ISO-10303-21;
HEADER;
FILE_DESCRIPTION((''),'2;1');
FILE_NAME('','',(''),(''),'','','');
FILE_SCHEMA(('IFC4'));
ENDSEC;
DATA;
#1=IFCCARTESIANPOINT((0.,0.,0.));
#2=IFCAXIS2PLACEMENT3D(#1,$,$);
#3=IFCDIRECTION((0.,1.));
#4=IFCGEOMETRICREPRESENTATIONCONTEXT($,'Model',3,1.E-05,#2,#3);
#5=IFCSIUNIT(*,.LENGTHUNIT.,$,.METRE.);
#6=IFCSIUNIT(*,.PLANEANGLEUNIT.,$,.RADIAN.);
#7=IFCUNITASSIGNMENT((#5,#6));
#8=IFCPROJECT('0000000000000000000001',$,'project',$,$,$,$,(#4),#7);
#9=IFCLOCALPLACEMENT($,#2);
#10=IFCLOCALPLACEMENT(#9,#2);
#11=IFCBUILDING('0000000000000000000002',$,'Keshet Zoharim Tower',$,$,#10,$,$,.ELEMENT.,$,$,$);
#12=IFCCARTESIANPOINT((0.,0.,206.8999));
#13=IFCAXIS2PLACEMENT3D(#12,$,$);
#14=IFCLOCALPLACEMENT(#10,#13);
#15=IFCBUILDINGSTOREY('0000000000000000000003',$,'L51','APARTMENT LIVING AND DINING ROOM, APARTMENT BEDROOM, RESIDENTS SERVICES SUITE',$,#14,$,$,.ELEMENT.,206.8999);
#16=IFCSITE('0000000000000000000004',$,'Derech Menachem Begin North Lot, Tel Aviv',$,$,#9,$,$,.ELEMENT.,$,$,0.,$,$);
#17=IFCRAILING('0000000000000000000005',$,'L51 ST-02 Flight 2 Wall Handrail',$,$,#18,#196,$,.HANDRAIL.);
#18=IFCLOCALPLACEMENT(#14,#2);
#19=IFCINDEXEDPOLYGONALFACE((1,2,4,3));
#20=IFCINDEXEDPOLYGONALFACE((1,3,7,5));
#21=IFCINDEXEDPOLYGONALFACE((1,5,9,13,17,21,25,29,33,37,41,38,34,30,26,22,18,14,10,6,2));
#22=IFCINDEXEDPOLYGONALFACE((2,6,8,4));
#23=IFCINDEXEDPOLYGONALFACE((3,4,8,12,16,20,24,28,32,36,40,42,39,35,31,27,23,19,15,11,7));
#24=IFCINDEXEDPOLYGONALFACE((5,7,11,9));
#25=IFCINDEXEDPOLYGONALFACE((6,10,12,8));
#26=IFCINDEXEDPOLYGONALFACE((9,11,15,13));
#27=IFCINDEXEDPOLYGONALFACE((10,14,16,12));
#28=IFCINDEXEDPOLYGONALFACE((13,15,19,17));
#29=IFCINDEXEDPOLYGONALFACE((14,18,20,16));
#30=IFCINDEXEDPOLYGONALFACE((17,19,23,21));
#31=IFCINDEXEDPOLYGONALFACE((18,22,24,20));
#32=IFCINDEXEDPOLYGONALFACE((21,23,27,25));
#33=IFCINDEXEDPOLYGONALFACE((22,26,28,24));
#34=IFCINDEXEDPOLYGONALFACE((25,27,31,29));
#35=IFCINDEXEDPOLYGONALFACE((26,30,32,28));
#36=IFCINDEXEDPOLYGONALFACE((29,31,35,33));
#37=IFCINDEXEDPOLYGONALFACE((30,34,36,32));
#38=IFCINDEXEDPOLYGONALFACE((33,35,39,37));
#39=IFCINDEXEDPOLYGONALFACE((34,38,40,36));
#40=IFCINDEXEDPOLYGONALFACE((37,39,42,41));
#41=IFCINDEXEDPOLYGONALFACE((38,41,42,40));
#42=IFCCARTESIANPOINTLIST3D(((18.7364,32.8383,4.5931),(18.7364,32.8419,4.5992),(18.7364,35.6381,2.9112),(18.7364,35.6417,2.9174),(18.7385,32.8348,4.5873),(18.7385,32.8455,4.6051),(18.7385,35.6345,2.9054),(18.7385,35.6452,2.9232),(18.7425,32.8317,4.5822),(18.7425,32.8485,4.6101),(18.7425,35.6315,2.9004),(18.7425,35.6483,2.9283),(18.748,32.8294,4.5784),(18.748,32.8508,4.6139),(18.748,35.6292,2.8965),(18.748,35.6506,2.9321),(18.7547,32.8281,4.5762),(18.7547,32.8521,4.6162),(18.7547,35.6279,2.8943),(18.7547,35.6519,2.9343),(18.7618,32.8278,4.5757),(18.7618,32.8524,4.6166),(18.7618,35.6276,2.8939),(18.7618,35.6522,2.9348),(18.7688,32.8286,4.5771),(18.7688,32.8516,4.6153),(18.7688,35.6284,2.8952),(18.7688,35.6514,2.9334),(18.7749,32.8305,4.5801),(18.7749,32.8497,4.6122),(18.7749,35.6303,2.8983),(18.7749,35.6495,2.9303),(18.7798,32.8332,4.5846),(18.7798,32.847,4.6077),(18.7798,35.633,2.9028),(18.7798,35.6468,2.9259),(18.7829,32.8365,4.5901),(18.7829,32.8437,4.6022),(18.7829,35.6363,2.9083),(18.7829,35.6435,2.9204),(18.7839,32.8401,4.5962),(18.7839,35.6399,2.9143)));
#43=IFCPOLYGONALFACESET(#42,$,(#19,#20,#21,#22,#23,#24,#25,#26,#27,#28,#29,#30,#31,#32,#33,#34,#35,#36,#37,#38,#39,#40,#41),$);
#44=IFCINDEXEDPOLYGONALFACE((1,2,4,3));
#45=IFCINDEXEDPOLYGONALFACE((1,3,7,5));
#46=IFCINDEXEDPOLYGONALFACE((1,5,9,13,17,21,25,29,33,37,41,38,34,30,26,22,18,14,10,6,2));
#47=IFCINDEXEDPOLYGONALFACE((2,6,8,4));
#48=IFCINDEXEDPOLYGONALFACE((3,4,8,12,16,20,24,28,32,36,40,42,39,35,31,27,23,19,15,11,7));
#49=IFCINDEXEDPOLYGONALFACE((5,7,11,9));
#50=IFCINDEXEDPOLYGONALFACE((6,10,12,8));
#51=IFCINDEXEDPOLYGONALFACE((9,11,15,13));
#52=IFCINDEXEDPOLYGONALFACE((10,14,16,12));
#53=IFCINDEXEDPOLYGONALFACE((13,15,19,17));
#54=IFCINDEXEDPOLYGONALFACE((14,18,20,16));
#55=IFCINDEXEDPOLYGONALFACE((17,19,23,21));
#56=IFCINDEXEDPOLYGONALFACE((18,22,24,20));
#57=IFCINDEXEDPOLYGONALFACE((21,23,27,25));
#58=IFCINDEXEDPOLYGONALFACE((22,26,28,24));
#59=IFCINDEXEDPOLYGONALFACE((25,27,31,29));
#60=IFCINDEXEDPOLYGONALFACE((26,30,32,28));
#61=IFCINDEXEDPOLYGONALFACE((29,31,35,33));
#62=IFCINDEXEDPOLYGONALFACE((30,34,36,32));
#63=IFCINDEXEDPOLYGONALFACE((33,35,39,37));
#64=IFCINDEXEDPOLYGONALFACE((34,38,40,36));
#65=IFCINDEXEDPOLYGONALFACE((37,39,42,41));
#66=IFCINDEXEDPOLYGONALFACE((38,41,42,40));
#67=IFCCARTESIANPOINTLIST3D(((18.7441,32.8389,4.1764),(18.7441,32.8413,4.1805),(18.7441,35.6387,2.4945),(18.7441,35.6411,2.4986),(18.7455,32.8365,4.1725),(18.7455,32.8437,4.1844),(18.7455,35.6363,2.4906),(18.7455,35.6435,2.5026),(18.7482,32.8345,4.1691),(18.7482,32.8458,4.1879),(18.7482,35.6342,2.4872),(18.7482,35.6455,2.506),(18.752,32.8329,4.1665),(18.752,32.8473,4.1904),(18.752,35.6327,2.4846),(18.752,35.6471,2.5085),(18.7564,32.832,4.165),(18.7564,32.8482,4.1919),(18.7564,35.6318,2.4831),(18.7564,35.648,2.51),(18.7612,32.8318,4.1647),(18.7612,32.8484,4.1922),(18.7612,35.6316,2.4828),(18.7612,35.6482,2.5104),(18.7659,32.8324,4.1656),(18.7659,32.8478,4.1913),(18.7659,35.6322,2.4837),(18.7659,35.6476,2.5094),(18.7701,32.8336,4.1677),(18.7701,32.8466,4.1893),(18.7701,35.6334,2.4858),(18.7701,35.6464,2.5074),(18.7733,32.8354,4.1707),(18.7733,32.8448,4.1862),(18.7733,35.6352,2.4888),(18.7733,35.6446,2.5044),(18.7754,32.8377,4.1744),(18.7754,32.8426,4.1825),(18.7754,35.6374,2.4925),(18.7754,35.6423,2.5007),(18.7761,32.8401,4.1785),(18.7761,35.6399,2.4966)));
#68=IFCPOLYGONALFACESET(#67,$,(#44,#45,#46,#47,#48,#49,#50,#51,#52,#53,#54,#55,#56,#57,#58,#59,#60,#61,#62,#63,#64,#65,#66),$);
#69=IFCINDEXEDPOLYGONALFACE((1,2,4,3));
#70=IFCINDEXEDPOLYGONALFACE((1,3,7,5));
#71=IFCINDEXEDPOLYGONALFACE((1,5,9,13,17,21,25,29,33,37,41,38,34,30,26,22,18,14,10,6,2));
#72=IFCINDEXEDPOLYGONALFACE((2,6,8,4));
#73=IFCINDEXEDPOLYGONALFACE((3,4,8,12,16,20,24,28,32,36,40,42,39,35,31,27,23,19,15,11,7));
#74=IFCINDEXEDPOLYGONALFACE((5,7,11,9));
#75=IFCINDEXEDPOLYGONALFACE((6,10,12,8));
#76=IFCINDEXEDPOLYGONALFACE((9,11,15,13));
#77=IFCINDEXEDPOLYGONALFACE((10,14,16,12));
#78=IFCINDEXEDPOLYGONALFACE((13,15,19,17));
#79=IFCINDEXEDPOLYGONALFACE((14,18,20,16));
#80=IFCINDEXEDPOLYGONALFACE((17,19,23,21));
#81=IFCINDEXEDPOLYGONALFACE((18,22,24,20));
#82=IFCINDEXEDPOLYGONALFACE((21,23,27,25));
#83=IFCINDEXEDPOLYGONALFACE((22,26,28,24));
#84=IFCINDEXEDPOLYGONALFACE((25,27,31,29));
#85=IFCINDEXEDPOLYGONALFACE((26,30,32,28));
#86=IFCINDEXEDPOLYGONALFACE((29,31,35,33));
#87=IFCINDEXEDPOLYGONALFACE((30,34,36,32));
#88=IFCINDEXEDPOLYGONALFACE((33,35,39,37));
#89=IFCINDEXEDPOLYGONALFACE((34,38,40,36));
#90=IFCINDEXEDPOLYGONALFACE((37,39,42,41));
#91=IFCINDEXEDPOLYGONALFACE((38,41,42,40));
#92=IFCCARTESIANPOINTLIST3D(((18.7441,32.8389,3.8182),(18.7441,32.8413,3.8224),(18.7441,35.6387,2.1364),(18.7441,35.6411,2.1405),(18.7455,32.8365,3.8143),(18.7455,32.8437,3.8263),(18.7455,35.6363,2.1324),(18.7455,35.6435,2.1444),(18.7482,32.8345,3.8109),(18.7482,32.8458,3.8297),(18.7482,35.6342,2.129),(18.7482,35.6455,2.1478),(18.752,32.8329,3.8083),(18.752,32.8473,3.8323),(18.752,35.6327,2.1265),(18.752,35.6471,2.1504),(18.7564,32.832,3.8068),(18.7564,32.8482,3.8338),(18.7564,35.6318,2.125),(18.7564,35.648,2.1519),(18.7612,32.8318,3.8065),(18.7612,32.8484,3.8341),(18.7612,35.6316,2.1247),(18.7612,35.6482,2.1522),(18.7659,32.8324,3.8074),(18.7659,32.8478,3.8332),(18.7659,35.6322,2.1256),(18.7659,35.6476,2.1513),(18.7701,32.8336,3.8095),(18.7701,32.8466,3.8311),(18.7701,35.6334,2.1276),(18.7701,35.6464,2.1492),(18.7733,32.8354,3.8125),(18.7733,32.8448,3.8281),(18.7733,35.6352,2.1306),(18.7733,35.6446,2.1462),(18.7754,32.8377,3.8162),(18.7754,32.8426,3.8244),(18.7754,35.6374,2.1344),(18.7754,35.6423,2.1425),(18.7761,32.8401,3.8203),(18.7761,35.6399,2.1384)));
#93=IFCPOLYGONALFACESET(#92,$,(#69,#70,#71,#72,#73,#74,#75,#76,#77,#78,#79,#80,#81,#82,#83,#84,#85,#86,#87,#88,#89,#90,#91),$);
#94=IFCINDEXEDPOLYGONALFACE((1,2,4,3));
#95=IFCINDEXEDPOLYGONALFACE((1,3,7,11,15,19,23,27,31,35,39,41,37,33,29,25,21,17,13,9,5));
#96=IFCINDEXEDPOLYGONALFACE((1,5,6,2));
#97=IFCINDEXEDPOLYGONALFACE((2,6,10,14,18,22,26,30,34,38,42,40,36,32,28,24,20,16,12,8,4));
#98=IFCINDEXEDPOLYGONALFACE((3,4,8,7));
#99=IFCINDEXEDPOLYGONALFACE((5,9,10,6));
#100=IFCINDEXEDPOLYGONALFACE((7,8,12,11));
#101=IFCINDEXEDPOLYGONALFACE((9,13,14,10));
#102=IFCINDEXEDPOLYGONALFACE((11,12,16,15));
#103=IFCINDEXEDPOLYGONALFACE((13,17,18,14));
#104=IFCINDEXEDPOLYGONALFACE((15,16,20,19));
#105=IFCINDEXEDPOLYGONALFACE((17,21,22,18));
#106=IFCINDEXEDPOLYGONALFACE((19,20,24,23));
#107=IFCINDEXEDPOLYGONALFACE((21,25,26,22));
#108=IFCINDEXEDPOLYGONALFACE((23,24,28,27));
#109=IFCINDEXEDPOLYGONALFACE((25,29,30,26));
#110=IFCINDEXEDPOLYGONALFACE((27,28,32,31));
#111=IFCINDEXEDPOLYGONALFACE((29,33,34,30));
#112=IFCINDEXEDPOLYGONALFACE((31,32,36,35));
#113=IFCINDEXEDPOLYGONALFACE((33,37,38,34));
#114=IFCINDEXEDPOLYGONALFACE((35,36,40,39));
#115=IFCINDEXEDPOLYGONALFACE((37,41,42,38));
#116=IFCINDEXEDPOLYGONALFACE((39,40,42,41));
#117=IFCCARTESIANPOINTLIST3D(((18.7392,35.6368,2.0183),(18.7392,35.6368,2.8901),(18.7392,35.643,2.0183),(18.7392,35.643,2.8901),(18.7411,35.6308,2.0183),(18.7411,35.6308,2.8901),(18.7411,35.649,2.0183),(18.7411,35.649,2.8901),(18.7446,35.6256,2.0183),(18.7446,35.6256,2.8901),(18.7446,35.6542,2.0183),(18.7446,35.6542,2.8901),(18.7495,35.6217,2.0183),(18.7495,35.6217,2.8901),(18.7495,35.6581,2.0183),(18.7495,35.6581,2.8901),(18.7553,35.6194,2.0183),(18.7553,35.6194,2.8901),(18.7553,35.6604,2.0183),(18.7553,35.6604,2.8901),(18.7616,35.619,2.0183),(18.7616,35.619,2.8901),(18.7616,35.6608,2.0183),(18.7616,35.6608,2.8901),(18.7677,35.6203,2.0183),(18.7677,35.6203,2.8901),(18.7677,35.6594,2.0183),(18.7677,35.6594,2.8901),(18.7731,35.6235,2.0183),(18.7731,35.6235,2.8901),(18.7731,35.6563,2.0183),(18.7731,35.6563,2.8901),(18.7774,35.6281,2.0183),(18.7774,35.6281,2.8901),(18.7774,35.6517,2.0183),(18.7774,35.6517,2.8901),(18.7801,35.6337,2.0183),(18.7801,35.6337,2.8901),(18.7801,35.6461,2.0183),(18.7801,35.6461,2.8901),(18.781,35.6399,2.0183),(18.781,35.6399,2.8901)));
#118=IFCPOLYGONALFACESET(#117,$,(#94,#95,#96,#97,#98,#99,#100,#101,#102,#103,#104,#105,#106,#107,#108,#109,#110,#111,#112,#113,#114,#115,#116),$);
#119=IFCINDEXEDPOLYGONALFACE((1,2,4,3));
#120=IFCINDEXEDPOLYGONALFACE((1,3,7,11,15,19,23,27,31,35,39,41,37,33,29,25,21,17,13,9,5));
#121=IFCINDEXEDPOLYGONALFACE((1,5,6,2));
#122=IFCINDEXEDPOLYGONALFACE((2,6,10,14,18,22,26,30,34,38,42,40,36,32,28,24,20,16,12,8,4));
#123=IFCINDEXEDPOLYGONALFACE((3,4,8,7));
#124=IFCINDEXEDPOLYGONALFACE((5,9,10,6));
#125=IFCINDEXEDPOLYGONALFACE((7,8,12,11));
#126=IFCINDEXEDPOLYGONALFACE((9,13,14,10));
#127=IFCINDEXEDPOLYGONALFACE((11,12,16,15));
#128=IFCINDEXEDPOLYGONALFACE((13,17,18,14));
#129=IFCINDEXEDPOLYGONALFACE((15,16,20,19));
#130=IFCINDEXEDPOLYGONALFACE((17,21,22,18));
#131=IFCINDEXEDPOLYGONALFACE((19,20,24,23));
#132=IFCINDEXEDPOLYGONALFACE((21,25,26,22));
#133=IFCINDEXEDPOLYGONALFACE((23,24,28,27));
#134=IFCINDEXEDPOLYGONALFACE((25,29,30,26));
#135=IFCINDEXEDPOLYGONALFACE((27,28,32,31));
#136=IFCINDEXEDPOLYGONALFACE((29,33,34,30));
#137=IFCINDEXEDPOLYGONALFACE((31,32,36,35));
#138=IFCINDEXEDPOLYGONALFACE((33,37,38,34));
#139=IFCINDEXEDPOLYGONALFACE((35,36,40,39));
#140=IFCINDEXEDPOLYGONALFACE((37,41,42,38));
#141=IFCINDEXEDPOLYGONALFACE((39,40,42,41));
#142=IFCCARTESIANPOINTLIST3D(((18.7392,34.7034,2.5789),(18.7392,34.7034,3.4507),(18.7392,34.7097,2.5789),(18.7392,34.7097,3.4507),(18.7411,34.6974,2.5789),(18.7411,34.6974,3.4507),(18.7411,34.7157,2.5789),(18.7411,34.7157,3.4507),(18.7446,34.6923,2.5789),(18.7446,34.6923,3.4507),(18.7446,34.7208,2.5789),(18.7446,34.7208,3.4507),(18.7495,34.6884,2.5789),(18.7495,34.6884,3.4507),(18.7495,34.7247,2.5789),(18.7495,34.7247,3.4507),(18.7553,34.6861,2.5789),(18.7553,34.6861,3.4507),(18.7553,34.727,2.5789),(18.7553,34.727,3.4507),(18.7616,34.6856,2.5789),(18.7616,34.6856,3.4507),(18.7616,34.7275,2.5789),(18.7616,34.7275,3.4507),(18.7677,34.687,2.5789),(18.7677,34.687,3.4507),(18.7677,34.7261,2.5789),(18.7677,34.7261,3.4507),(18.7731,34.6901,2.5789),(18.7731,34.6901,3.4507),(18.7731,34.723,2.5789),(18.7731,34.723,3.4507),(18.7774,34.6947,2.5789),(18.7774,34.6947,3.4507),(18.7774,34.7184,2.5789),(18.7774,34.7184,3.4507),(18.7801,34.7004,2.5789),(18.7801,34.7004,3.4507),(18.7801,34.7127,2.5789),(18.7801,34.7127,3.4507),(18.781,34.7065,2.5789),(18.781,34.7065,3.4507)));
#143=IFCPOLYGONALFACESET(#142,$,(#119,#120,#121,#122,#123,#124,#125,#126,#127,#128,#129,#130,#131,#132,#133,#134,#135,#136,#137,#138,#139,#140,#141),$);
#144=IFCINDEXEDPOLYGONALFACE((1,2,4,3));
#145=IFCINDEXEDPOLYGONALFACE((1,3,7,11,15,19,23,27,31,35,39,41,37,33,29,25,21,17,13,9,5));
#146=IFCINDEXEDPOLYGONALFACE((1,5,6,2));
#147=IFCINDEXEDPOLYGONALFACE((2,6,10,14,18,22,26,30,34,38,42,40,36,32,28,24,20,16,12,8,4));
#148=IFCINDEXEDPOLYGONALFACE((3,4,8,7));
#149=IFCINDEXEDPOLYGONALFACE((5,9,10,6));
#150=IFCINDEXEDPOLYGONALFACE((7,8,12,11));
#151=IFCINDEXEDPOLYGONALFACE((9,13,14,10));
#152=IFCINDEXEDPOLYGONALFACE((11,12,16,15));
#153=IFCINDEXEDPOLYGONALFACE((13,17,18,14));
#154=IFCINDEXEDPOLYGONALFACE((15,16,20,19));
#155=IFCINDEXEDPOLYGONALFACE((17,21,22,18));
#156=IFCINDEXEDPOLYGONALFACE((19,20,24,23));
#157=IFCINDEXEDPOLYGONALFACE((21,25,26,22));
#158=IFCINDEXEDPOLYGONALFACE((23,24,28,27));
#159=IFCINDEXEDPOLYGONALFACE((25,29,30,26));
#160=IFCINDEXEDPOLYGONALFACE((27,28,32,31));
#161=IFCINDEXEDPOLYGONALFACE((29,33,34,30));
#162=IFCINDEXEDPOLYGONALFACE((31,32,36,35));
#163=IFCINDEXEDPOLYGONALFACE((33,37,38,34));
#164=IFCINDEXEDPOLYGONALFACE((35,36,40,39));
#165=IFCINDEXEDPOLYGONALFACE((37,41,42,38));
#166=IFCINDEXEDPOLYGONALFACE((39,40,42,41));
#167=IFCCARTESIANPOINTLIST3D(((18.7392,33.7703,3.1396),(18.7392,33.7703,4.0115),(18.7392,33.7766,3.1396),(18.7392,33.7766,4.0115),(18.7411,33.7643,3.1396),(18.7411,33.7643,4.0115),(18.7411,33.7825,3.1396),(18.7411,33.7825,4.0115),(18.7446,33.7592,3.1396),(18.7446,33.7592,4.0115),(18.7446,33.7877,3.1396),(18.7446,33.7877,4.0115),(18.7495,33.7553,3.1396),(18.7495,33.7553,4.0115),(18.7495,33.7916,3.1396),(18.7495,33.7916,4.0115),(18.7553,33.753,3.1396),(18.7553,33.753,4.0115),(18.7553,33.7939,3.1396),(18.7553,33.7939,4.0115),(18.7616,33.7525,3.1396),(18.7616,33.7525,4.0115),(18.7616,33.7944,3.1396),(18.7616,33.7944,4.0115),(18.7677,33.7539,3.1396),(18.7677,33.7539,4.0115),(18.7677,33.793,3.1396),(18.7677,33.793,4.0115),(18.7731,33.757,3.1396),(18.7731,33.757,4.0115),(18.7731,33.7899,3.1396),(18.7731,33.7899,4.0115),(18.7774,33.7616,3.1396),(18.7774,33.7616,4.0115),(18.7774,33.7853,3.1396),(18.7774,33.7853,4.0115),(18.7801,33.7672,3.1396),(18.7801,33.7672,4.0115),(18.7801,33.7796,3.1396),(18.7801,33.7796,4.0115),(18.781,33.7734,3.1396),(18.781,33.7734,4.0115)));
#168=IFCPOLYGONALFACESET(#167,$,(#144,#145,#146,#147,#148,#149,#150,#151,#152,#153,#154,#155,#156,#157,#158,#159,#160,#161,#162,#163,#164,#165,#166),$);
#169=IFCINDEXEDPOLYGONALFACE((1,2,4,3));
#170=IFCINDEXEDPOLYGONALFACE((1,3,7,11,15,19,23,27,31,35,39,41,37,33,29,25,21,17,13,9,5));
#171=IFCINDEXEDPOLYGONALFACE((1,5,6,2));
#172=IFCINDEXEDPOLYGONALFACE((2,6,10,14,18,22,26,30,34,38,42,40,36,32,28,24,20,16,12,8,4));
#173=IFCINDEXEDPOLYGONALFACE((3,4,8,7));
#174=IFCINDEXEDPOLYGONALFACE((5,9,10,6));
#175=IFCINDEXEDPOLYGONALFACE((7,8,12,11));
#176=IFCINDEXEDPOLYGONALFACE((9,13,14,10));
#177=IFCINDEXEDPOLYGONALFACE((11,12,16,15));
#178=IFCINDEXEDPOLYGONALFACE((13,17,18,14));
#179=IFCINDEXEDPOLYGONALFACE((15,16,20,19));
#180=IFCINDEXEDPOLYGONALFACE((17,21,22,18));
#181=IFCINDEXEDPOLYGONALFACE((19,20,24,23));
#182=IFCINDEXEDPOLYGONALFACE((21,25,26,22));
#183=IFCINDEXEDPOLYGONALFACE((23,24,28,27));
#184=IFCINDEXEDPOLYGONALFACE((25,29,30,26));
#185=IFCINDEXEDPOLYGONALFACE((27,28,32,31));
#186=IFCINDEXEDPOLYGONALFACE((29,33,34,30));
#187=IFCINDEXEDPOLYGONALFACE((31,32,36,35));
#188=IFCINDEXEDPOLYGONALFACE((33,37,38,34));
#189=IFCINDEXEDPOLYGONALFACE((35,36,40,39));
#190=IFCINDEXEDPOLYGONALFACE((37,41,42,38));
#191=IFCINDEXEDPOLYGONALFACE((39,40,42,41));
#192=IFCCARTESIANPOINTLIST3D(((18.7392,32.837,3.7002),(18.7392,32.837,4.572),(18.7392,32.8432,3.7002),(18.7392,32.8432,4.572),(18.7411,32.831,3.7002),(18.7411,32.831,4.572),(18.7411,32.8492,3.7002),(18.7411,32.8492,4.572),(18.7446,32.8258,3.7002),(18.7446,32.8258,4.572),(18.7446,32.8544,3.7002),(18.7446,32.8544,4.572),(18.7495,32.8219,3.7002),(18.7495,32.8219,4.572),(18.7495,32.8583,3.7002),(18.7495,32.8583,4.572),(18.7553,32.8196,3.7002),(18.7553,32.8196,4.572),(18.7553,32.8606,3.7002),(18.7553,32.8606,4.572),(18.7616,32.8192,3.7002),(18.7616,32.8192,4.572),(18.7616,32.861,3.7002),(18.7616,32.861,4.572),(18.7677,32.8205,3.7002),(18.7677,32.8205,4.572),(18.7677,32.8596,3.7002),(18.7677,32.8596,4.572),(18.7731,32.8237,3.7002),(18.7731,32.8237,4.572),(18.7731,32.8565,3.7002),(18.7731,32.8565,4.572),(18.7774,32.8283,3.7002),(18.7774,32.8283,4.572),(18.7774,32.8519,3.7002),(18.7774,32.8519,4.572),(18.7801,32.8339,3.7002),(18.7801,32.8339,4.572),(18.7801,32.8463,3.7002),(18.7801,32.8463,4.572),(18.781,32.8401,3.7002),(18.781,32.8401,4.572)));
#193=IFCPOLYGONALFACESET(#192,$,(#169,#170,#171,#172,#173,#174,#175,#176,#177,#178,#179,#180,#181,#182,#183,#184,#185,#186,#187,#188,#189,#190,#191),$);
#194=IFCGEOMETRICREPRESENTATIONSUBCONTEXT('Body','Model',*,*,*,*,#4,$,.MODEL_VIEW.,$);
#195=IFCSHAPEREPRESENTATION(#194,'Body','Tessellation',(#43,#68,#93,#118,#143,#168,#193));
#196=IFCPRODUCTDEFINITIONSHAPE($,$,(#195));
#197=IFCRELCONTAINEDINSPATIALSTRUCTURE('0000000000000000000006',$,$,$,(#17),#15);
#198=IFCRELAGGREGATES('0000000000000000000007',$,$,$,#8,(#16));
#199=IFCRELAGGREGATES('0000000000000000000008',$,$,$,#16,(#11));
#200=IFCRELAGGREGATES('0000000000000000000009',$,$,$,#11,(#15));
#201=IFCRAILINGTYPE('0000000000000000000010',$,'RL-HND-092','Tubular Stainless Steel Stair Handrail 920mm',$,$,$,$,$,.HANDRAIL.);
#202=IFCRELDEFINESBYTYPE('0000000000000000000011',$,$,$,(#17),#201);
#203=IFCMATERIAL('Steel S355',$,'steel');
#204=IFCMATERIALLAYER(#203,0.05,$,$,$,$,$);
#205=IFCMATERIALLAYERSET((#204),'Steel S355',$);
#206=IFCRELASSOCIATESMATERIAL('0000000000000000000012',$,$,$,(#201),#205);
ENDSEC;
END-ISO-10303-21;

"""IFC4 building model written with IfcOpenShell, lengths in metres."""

from ifc_helpers import new_model, si_unit, direction, frame, origin, origin_2d, place, context, subcontext, project, spatial, circle, extrude, material, layer, layer_set, type_object, element, save


model = new_model("IFC4")

# Units and contexts
model_context = context("Model", 3, precision=1e-05, world=origin(), true_north=direction((0.0, 1.0)))
body_context = subcontext(model_context, "Body", "Model", "MODEL_VIEW")
ifc_project = project(units=[si_unit("LENGTHUNIT", "METRE"), si_unit("PLANEANGLEUNIT", "RADIAN")], contexts=[model_context])

# Site, building, storey
site_placement = place(None, origin())
site = spatial("IfcSite", under=ifc_project, at=site_placement, Name="Derech Menachem Begin North Lot, Tel Aviv", CompositionType="ELEMENT", RefElevation=0.0)
building_placement = place(site_placement, origin())
building = spatial("IfcBuilding", under=site, at=building_placement, Name="Keshet Zoharim Tower", CompositionType="ELEMENT")
storey_placement = place(building_placement, frame((0.0, 0.0, 206.8999)))
storey = spatial("IfcBuildingStorey", under=building, at=storey_placement, Name="L51", Description="APARTMENT LIVING AND DINING ROOM, APARTMENT BEDROOM, RESIDENTS SERVICES SUITE", CompositionType="ELEMENT", Elevation=206.8999)

# Shared definitions
ifc_material_1 = material(Name="Steel S355", Category="steel")

# Railing
ifc_layer_1 = layer(ifc_material_1, 0.05)
ifc_layer_set_1 = layer_set([ifc_layer_1], Name="Steel S355")
railing_type_1 = type_object("IfcRailingType", Name="RL-HND-092", Description="Tubular Stainless Steel Stair Handrail 920mm", PredefinedType="HANDRAIL", material=ifc_layer_set_1)
railing_1_placement = place(storey_placement, frame((18.76, 35.6399, 2.0183)))
element("IfcRailing", 1, at=railing_1_placement, inside=storey, type_object=railing_type_1, Name="L51 ST-02 Flight 2 Wall Handrail", PredefinedType="HANDRAIL", context=body_context, shape_type="SweptSolid", body=[
    extrude(circle(Radius=0.0239, at=origin_2d()), frame((0.0, 0.0, 0.896), z_axis=(0.0, -0.857222, 0.514946), x_axis=(1.0, 0.0, 0.0)), (0.0, 0.0, 1.0), 3.2661),
    extrude(circle(Radius=0.0161, at=origin_2d()), frame((0.0, 0.0, 0.4783), z_axis=(0.0, -0.857222, 0.514946), x_axis=(1.0, 0.0, 0.0)), (0.0, 0.0, 1.0), 3.2661),
    extrude(circle(Radius=0.0161, at=origin_2d()), frame((0.0, 0.0, 0.1201), z_axis=(0.0, -0.857222, 0.514946), x_axis=(1.0, 0.0, 0.0)), (0.0, 0.0, 1.0), 3.2661),
    extrude(circle(Radius=0.021, at=origin_2d()), origin(), (0.0, 0.0, 1.0), 0.8718),
    extrude(circle(Radius=0.021, at=origin_2d()), frame((0.0, -0.9333, 0.5605)), (0.0, 0.0, 1.0), 0.8718),
    extrude(circle(Radius=0.021, at=origin_2d()), frame((0.0, -1.8665, 1.1213)), (0.0, 0.0, 1.0), 0.8718),
    extrude(circle(Radius=0.021, at=origin_2d()), frame((0.0, -2.7998, 1.6819)), (0.0, 0.0, 1.0), 0.8718),
])

save(model, "model.ifc")
